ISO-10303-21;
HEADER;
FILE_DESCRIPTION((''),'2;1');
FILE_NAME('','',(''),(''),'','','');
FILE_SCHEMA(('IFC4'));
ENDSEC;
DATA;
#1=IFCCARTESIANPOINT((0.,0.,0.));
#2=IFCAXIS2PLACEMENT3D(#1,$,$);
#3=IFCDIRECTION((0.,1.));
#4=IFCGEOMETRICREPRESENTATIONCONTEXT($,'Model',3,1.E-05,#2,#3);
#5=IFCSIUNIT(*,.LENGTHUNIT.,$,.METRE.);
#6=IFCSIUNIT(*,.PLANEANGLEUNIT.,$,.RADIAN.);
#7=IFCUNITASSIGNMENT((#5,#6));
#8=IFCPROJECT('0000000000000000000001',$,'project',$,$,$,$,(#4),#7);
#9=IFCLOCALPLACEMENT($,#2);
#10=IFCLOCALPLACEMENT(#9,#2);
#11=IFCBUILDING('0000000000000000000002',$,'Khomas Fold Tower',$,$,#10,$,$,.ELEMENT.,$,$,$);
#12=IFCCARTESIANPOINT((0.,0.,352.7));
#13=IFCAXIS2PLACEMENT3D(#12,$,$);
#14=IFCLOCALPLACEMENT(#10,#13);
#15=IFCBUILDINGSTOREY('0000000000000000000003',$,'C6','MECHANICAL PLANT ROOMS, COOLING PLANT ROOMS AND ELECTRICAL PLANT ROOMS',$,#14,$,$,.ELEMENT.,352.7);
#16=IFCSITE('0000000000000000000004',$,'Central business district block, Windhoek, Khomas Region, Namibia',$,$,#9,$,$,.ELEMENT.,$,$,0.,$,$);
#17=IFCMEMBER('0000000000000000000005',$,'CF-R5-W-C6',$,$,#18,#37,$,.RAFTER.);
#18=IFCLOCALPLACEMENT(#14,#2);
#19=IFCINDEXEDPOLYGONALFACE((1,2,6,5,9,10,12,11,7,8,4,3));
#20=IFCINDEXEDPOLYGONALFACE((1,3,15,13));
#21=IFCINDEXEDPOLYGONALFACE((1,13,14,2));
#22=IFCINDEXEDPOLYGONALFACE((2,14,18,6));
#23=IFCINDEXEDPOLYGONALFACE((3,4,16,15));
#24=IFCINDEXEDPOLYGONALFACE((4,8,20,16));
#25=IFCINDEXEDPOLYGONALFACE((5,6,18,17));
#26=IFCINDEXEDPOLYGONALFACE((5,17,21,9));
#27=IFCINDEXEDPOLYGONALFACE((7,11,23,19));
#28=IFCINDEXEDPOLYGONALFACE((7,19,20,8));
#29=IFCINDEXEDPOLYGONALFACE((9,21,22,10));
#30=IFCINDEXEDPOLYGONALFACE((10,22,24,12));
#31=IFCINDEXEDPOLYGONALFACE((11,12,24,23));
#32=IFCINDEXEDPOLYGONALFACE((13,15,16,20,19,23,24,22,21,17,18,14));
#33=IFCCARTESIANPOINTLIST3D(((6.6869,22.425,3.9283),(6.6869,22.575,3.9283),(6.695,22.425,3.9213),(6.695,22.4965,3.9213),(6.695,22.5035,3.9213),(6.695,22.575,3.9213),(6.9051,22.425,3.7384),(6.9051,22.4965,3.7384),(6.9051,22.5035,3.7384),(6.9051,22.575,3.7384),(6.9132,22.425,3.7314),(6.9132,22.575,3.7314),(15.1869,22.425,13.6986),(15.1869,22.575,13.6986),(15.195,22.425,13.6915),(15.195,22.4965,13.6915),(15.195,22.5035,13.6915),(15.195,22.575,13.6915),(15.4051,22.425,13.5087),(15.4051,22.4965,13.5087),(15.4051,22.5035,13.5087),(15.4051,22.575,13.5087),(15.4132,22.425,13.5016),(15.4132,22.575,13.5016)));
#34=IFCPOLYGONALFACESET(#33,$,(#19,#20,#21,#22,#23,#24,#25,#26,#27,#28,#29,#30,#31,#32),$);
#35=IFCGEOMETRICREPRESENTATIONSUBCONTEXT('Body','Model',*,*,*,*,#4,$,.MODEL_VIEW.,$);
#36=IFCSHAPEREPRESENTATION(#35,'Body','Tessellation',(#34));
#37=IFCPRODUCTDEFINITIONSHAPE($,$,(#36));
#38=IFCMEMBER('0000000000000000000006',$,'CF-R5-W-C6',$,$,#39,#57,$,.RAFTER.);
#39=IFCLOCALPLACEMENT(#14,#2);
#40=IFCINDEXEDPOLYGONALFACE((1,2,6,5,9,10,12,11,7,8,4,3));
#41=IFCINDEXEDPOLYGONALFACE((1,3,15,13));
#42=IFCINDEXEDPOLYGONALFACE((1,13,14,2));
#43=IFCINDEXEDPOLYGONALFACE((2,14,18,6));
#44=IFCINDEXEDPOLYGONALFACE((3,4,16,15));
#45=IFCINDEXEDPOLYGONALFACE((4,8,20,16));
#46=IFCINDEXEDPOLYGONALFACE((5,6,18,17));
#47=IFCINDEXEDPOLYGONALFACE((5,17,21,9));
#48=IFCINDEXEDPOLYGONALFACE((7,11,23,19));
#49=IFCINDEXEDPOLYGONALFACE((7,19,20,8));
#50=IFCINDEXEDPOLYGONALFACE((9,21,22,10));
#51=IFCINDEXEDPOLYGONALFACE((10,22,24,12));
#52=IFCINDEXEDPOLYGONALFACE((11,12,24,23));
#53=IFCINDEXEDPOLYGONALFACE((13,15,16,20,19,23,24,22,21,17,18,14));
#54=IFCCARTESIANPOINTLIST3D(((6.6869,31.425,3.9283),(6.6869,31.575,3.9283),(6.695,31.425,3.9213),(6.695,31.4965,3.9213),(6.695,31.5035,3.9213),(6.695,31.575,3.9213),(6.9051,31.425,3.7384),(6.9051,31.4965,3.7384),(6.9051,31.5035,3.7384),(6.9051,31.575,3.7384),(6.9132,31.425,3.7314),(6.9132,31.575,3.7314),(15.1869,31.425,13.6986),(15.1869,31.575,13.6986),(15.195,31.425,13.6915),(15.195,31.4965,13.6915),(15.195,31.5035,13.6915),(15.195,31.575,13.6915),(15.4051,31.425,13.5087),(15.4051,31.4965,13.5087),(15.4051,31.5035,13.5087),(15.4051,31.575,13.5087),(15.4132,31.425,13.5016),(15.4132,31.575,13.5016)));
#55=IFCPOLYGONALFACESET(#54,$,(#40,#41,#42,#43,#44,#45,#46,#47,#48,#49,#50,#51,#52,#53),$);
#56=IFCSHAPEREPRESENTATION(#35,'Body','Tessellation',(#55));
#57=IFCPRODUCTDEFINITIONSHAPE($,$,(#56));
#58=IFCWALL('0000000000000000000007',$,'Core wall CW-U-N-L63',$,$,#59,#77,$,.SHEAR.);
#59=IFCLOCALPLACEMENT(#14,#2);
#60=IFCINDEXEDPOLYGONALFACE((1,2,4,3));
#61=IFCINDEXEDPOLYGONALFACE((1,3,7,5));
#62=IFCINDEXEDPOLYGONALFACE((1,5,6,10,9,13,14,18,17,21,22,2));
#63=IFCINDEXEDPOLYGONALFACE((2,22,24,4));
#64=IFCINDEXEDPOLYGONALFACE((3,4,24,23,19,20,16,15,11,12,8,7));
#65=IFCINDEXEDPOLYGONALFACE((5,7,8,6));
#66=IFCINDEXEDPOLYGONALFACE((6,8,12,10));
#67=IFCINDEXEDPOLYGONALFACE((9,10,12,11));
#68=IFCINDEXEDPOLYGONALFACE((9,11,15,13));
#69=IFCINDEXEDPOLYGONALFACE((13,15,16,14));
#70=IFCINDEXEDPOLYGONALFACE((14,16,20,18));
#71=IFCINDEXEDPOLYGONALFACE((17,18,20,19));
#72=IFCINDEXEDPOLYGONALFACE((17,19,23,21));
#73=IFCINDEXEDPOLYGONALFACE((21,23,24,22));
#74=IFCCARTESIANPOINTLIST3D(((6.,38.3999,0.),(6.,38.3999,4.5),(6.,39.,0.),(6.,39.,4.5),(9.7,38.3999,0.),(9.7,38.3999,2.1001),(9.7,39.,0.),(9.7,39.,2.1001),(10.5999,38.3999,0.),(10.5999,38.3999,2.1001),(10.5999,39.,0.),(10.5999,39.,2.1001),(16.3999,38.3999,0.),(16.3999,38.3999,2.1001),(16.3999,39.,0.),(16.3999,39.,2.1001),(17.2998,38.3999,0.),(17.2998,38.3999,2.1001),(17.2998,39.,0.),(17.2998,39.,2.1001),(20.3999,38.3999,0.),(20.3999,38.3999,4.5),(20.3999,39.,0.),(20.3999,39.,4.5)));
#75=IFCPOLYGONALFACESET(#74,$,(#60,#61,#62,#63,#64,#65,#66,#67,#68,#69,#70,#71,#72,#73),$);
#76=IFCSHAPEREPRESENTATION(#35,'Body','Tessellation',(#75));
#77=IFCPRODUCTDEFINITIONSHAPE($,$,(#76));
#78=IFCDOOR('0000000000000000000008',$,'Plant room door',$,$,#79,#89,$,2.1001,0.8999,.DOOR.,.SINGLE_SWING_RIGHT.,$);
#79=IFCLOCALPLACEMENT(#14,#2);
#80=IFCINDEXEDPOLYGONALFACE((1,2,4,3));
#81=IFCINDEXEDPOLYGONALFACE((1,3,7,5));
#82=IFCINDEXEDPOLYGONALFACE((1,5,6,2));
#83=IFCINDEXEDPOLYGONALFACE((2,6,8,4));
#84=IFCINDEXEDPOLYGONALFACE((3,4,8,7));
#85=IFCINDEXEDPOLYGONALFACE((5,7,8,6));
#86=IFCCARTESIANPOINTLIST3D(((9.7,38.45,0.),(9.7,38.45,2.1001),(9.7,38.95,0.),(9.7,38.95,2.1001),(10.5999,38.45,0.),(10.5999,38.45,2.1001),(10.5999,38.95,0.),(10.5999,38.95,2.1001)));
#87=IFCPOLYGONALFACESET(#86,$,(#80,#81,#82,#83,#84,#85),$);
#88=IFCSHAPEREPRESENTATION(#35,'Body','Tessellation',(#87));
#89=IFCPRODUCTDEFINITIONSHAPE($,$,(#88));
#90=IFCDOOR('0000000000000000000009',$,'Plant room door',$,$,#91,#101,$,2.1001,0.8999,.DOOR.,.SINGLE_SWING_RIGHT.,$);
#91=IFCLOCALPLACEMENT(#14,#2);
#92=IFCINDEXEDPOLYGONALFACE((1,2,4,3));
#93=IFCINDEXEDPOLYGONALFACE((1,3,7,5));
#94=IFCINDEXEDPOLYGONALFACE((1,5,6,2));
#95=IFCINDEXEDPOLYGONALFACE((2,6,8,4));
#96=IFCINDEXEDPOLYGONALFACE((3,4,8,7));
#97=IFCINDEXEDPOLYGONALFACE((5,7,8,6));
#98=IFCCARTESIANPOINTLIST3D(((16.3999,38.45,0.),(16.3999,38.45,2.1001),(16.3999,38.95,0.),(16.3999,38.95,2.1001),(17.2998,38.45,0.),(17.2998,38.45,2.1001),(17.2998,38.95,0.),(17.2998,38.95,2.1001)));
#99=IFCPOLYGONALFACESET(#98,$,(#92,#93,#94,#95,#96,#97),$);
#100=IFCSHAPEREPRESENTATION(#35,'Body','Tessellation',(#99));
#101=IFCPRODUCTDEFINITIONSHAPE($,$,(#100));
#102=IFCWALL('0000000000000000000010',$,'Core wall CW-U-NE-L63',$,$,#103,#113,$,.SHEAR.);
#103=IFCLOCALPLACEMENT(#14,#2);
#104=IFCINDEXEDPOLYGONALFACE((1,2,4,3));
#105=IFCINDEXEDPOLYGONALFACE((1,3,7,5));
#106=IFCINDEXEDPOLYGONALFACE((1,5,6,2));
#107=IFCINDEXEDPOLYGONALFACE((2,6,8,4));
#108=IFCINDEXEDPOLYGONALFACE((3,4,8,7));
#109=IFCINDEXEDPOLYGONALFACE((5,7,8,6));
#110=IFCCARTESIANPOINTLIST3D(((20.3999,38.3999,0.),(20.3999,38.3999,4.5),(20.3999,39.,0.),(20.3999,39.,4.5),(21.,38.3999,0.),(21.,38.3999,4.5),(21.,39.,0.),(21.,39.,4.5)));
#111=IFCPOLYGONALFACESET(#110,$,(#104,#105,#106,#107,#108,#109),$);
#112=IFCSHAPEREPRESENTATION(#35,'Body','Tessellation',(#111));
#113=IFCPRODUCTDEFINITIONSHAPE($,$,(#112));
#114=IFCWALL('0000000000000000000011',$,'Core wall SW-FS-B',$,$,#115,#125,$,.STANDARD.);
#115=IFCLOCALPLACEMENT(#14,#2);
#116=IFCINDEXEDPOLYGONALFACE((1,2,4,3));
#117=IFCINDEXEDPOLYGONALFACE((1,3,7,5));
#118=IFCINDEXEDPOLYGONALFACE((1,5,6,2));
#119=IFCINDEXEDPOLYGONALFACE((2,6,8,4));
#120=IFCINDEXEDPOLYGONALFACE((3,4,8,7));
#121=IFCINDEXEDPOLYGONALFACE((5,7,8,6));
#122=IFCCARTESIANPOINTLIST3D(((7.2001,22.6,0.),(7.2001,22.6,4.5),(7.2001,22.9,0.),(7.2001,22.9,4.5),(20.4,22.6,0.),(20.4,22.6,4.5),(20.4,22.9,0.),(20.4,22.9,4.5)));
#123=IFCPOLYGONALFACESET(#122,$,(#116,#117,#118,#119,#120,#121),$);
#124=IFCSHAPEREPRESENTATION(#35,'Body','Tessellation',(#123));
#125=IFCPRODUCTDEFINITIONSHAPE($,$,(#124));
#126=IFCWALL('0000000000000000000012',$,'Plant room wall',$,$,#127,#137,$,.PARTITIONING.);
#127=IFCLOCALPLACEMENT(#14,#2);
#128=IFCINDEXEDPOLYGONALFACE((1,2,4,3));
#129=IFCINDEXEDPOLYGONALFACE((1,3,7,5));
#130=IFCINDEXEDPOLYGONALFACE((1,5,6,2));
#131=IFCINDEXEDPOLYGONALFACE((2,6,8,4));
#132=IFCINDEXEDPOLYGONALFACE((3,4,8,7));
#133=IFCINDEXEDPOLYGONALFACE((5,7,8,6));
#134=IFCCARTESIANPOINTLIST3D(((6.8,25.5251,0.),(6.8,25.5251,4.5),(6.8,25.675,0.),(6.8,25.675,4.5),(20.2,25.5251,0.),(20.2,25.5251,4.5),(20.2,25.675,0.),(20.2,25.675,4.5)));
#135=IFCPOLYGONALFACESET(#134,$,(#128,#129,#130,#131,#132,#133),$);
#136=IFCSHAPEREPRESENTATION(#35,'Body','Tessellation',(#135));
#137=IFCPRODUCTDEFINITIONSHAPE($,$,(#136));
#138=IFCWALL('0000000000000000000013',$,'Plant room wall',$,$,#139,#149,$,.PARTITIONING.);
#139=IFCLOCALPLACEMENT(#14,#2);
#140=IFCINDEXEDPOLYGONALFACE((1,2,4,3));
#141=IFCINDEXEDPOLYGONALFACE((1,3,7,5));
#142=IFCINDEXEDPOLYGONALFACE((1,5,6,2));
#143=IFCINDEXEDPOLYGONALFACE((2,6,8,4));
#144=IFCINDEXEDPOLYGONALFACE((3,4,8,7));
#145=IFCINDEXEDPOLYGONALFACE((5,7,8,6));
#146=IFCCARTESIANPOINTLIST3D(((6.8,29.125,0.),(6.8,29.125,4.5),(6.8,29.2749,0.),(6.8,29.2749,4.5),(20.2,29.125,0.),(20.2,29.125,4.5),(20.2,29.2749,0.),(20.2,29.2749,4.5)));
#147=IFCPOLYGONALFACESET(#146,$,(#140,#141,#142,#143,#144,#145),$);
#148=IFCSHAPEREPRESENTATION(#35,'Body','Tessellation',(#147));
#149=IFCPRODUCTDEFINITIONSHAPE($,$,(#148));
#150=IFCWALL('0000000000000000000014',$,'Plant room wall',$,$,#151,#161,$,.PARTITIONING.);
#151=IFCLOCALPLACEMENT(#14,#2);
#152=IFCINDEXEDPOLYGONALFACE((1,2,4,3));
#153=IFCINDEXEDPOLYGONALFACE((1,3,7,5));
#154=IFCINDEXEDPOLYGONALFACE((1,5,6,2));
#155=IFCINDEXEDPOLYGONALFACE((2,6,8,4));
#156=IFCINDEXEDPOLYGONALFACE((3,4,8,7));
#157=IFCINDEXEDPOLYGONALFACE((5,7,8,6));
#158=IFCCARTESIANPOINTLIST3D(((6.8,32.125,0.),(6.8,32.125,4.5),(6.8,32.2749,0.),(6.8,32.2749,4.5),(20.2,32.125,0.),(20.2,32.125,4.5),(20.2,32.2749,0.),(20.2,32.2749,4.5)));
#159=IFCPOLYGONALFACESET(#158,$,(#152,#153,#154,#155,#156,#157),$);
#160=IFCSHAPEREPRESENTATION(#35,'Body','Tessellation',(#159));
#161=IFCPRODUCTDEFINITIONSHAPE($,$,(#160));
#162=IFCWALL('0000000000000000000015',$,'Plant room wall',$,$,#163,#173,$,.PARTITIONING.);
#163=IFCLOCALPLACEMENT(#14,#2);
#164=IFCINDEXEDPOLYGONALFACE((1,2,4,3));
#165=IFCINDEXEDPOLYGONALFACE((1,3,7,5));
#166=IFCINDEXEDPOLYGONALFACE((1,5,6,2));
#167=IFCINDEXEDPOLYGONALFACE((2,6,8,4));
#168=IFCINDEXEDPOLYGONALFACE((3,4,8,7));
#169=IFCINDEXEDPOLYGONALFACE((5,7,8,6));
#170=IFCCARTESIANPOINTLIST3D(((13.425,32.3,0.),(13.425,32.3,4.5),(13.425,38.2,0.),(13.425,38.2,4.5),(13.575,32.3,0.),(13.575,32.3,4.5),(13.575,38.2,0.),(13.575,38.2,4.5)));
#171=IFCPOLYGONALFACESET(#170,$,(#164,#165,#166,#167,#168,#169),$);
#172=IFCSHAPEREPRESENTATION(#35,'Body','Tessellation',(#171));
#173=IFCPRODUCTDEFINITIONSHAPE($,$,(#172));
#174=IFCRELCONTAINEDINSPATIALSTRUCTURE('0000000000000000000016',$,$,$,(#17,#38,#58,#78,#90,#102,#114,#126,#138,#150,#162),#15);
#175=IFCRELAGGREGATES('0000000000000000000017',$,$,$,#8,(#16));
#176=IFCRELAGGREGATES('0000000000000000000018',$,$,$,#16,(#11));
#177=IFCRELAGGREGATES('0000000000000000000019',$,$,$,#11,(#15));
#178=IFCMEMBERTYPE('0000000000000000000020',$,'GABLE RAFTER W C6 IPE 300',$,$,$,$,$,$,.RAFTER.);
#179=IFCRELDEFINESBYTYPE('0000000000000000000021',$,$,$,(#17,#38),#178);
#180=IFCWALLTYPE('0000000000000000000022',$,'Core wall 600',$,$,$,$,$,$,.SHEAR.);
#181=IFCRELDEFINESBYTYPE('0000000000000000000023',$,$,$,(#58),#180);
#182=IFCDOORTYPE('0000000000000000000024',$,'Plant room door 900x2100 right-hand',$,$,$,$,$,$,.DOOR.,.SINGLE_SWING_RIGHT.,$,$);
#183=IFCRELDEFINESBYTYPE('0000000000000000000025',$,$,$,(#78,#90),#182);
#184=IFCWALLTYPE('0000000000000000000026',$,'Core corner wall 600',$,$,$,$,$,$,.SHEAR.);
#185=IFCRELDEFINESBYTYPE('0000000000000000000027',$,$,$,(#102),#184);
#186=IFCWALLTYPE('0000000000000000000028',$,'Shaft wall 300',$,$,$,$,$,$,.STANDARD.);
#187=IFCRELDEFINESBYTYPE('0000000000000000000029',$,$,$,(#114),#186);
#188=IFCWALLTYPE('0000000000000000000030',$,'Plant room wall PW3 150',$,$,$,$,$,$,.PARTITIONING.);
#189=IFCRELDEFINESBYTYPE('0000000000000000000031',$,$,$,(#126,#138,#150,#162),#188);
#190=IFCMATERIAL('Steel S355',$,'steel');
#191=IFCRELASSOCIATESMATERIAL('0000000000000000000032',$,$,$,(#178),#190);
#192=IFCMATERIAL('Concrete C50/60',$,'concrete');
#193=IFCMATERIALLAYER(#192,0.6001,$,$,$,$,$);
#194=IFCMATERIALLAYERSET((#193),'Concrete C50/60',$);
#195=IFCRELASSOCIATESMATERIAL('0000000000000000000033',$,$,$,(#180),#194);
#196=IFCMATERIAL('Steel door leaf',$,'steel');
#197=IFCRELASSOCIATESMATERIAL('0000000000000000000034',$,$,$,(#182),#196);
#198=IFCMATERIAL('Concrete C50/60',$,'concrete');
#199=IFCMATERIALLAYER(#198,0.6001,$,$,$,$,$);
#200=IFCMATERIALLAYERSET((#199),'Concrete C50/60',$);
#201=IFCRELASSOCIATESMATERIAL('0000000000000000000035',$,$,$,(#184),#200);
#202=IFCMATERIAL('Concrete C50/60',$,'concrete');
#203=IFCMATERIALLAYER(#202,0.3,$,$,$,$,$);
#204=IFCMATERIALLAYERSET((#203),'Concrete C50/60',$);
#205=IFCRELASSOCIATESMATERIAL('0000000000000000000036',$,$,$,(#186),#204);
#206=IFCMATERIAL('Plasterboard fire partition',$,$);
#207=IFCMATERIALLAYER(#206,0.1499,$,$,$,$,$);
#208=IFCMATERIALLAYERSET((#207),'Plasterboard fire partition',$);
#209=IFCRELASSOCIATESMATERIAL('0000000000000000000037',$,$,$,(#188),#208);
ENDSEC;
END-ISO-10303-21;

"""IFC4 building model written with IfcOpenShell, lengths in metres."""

from ifc_helpers import new_model, si_unit, direction, frame, frame_2d, origin, origin_2d, place, context, subcontext, project, spatial, rectangle, i_section, extrude, source, transform, mapped, material, layer, layer_set, material_profile, profile_set, type_object, element, fill, save


model = new_model("IFC4")

# Units and contexts
model_context = context("Model", 3, precision=1e-05, world=origin(), true_north=direction((0.0, 1.0)))
body_context = subcontext(model_context, "Body", "Model", "MODEL_VIEW")
ifc_project = project(units=[si_unit("LENGTHUNIT", "METRE"), si_unit("PLANEANGLEUNIT", "RADIAN")], contexts=[model_context])

# Site, building, storey
site_placement = place(None, origin())
site = spatial("IfcSite", under=ifc_project, at=site_placement, Name="Central business district block, Windhoek, Khomas Region, Namibia", CompositionType="ELEMENT", RefElevation=0.0)
building_placement = place(site_placement, origin())
building = spatial("IfcBuilding", under=site, at=building_placement, Name="Khomas Fold Tower", CompositionType="ELEMENT")
storey_placement = place(building_placement, frame((0.0, 0.0, 352.7)))
storey = spatial("IfcBuildingStorey", under=building, at=storey_placement, Name="C6", Description="MECHANICAL PLANT ROOMS, COOLING PLANT ROOMS AND ELECTRICAL PLANT ROOMS", CompositionType="ELEMENT", Elevation=352.7)

# Members
ifc_material_1 = material(Name="Steel S355", Category="steel")
ifc_material_profile_1 = material_profile(ifc_material_1, i_section(OverallWidth=0.1499, OverallDepth=0.3, WebThickness=0.0071, FlangeThickness=0.0107, at=origin_2d()), Name="IPE 300")
ifc_profile_set_1 = profile_set([ifc_material_profile_1], Name="Steel S355")
member_type_1 = type_object("IfcMemberType", Name="GABLE RAFTER W C6 IPE 300", PredefinedType="RAFTER", material=ifc_profile_set_1)
shared_shape_1 = source(origin(), body_context, "Body", "SweptSolid", [
    extrude(i_section(OverallWidth=0.1499, OverallDepth=0.3, WebThickness=0.0071, FlangeThickness=0.0107, at=origin_2d()), origin(), (0.0, 0.0, 1.0), 12.9502),
])
for number, where, z_axis, x_axis, name in (
    (1, (6.8, 22.5, 3.8298), (0.65636, 0.0, 0.754448), (0.0, 1.0, 0.0), "CF-R5-W-C6"),
    (2, (6.8, 31.5, 3.8298), (0.65636, 0.0, 0.754448), (0.0, 1.0, 0.0), "CF-R5-W-C6"),
):
    element("IfcMember", number, at=place(storey_placement, frame(where, z_axis=z_axis, x_axis=x_axis)), inside=storey, type_object=member_type_1, Name=name, PredefinedType="RAFTER", context=body_context, shape_type="MappedRepresentation", body=[
        mapped(shared_shape_1, transform((0.0, 0.0, 0.0))),
    ])

# Wall, openings, doors
ifc_material_2 = material(Name="Concrete C50/60", Category="concrete")
ifc_layer_1 = layer(ifc_material_2, 0.6001)
ifc_layer_set_1 = layer_set([ifc_layer_1], Name="Concrete C50/60")
wall_type_1 = type_object("IfcWallType", Name="Core wall 600", PredefinedType="SHEAR", material=ifc_layer_set_1)
shared_shape_2 = source(origin(), body_context, "Body", "SweptSolid", [
    extrude(rectangle(XDim=14.3999, YDim=0.6001, at=frame_2d((7.2, 0.0))), origin(), (0.0, 0.0, 1.0), 4.5),
])
wall_1_placement = place(storey_placement, frame((6.0, 38.7, 0.0), z_axis=(0.0, 0.0, 1.0), x_axis=(1.0, 0.0, 0.0)))
wall_1 = element("IfcWall", 3, at=wall_1_placement, inside=storey, type_object=wall_type_1, Name="Core wall CW-U-N-L63", PredefinedType="SHEAR", context=body_context, shape_type="MappedRepresentation", body=[
    mapped(shared_shape_2, transform((0.0, 0.0, 0.0))),
])
shared_shape_3 = source(origin(), body_context, "Body", "SweptSolid", [
    extrude(rectangle(XDim=0.8999, YDim=2.1001, at=frame_2d((0.45, 1.05))), frame((0.0, 0.3101, 0.0), z_axis=(0.0, -1.0, 0.0), x_axis=(1.0, 0.0, 0.0)), (0.0, 0.0, 1.0), 0.6201),
])
opening_1_placement = place(wall_1_placement, frame((3.7, 0.0, 0.0)))
opening_1 = element("IfcOpeningElement", 4, at=opening_1_placement, cuts=wall_1, PredefinedType="OPENING", context=body_context, shape_type="MappedRepresentation", body=[
    mapped(shared_shape_3, transform((0.0, 0.0, 0.0))),
])
opening_2_placement = place(wall_1_placement, frame((10.3999, 0.0, 0.0)))
opening_2 = element("IfcOpeningElement", 5, at=opening_2_placement, cuts=wall_1, PredefinedType="OPENING", context=body_context, shape_type="MappedRepresentation", body=[
    mapped(shared_shape_3, transform((0.0, 0.0, 0.0))),
])
ifc_material_3 = material(Name="Steel door leaf", Category="steel")
door_type = type_object("IfcDoorType", Name="Plant room door 900x2100 right-hand", OperationType="SINGLE_SWING_RIGHT", PredefinedType="DOOR", material=ifc_material_3)
shared_shape_4 = source(origin(), body_context, "Body", "SweptSolid", [
    extrude(rectangle(XDim=0.8999, YDim=2.1001, at=frame_2d((0.45, 1.05))), frame((0.0, 0.25, 0.0), z_axis=(0.0, -1.0, 0.0), x_axis=(1.0, 0.0, 0.0)), (0.0, 0.0, 1.0), 0.5),
])
door_1_placement = place(opening_1_placement, origin())
door_1 = element("IfcDoor", 6, at=door_1_placement, inside=storey, type_object=door_type, Name="Plant room door", OperationType="SINGLE_SWING_RIGHT", OverallHeight=2.1001, OverallWidth=0.8999, PredefinedType="DOOR", context=body_context, shape_type="MappedRepresentation", body=[
    mapped(shared_shape_4, transform((0.0, 0.0, 0.0))),
])
fill(opening_1, door_1)
door_2_placement = place(opening_2_placement, origin())
door_2 = element("IfcDoor", 7, at=door_2_placement, inside=storey, type_object=door_type, Name="Plant room door", OperationType="SINGLE_SWING_RIGHT", OverallHeight=2.1001, OverallWidth=0.8999, PredefinedType="DOOR", context=body_context, shape_type="MappedRepresentation", body=[
    mapped(shared_shape_4, transform((0.0, 0.0, 0.0))),
])
fill(opening_2, door_2)

# Walls
ifc_material_4 = material(Name="Concrete C50/60", Category="concrete")
ifc_layer_2 = layer(ifc_material_4, 0.6001)
ifc_layer_set_2 = layer_set([ifc_layer_2], Name="Concrete C50/60")
wall_type_2 = type_object("IfcWallType", Name="Core corner wall 600", PredefinedType="SHEAR", material=ifc_layer_set_2)
shared_shape_5 = source(origin(), body_context, "Body", "SweptSolid", [
    extrude(rectangle(XDim=0.6001, YDim=0.6001, at=frame_2d((0.3, 0.0))), origin(), (0.0, 0.0, 1.0), 4.5),
])
wall_2_placement = place(storey_placement, frame((20.3999, 38.7, 0.0), z_axis=(0.0, 0.0, 1.0), x_axis=(1.0, 0.0, 0.0)))
element("IfcWall", 8, at=wall_2_placement, inside=storey, type_object=wall_type_2, Name="Core wall CW-U-NE-L63", PredefinedType="SHEAR", context=body_context, shape_type="MappedRepresentation", body=[
    mapped(shared_shape_5, transform((0.0, 0.0, 0.0))),
])
ifc_material_5 = material(Name="Concrete C50/60", Category="concrete")
ifc_layer_3 = layer(ifc_material_5, 0.3)
ifc_layer_set_3 = layer_set([ifc_layer_3], Name="Concrete C50/60")
wall_type_3 = type_object("IfcWallType", Name="Shaft wall 300", PredefinedType="STANDARD", material=ifc_layer_set_3)
shared_shape_6 = source(origin(), body_context, "Body", "SweptSolid", [
    extrude(rectangle(XDim=13.2, YDim=0.3, at=frame_2d((6.6001, 0.0))), origin(), (0.0, 0.0, 1.0), 4.5),
])
wall_3_placement = place(storey_placement, frame((7.2, 22.75, 0.0), z_axis=(0.0, 0.0, 1.0), x_axis=(1.0, 0.0, 0.0)))
element("IfcWall", 9, at=wall_3_placement, inside=storey, type_object=wall_type_3, Name="Core wall SW-FS-B", PredefinedType="STANDARD", context=body_context, shape_type="MappedRepresentation", body=[
    mapped(shared_shape_6, transform((0.0, 0.0, 0.0))),
])
ifc_material_6 = material(Name="Plasterboard fire partition")
ifc_layer_4 = layer(ifc_material_6, 0.1499)
ifc_layer_set_4 = layer_set([ifc_layer_4], Name="Plasterboard fire partition")
wall_type_4 = type_object("IfcWallType", Name="Plant room wall PW3 150", PredefinedType="PARTITIONING", material=ifc_layer_set_4)
shared_shape_7 = source(origin(), body_context, "Body", "SweptSolid", [
    extrude(rectangle(XDim=13.3999, YDim=0.1499, at=frame_2d((6.7, 0.0))), origin(), (0.0, 0.0, 1.0), 4.5),
])
for number, where, z_axis, x_axis, name in (
    (10, (6.8, 25.6001, 0.0), (0.0, 0.0, 1.0), (1.0, 0.0, 0.0), "Plant room wall"),
    (11, (6.8, 29.2, 0.0), (0.0, 0.0, 1.0), (1.0, 0.0, 0.0), "Plant room wall"),
    (12, (6.8, 32.2, 0.0), (0.0, 0.0, 1.0), (1.0, 0.0, 0.0), "Plant room wall"),
):
    element("IfcWall", number, at=place(storey_placement, frame(where, z_axis=z_axis, x_axis=x_axis)), inside=storey, type_object=wall_type_4, Name=name, PredefinedType="PARTITIONING", context=body_context, shape_type="MappedRepresentation", body=[
        mapped(shared_shape_7, transform((0.0, 0.0, 0.0))),
    ])
shared_shape_8 = source(origin(), body_context, "Body", "SweptSolid", [
    extrude(rectangle(XDim=5.8999, YDim=0.1499, at=frame_2d((2.95, 0.0))), origin(), (0.0, 0.0, 1.0), 4.5),
])
wall_4_placement = place(storey_placement, frame((13.5, 32.3, 0.0), z_axis=(0.0, 0.0, 1.0), x_axis=(0.0, 1.0, 0.0)))
element("IfcWall", 13, at=wall_4_placement, inside=storey, type_object=wall_type_4, Name="Plant room wall", PredefinedType="PARTITIONING", context=body_context, shape_type="MappedRepresentation", body=[
    mapped(shared_shape_8, transform((0.0, 0.0, 0.0))),
])

save(model, "model.ifc")
